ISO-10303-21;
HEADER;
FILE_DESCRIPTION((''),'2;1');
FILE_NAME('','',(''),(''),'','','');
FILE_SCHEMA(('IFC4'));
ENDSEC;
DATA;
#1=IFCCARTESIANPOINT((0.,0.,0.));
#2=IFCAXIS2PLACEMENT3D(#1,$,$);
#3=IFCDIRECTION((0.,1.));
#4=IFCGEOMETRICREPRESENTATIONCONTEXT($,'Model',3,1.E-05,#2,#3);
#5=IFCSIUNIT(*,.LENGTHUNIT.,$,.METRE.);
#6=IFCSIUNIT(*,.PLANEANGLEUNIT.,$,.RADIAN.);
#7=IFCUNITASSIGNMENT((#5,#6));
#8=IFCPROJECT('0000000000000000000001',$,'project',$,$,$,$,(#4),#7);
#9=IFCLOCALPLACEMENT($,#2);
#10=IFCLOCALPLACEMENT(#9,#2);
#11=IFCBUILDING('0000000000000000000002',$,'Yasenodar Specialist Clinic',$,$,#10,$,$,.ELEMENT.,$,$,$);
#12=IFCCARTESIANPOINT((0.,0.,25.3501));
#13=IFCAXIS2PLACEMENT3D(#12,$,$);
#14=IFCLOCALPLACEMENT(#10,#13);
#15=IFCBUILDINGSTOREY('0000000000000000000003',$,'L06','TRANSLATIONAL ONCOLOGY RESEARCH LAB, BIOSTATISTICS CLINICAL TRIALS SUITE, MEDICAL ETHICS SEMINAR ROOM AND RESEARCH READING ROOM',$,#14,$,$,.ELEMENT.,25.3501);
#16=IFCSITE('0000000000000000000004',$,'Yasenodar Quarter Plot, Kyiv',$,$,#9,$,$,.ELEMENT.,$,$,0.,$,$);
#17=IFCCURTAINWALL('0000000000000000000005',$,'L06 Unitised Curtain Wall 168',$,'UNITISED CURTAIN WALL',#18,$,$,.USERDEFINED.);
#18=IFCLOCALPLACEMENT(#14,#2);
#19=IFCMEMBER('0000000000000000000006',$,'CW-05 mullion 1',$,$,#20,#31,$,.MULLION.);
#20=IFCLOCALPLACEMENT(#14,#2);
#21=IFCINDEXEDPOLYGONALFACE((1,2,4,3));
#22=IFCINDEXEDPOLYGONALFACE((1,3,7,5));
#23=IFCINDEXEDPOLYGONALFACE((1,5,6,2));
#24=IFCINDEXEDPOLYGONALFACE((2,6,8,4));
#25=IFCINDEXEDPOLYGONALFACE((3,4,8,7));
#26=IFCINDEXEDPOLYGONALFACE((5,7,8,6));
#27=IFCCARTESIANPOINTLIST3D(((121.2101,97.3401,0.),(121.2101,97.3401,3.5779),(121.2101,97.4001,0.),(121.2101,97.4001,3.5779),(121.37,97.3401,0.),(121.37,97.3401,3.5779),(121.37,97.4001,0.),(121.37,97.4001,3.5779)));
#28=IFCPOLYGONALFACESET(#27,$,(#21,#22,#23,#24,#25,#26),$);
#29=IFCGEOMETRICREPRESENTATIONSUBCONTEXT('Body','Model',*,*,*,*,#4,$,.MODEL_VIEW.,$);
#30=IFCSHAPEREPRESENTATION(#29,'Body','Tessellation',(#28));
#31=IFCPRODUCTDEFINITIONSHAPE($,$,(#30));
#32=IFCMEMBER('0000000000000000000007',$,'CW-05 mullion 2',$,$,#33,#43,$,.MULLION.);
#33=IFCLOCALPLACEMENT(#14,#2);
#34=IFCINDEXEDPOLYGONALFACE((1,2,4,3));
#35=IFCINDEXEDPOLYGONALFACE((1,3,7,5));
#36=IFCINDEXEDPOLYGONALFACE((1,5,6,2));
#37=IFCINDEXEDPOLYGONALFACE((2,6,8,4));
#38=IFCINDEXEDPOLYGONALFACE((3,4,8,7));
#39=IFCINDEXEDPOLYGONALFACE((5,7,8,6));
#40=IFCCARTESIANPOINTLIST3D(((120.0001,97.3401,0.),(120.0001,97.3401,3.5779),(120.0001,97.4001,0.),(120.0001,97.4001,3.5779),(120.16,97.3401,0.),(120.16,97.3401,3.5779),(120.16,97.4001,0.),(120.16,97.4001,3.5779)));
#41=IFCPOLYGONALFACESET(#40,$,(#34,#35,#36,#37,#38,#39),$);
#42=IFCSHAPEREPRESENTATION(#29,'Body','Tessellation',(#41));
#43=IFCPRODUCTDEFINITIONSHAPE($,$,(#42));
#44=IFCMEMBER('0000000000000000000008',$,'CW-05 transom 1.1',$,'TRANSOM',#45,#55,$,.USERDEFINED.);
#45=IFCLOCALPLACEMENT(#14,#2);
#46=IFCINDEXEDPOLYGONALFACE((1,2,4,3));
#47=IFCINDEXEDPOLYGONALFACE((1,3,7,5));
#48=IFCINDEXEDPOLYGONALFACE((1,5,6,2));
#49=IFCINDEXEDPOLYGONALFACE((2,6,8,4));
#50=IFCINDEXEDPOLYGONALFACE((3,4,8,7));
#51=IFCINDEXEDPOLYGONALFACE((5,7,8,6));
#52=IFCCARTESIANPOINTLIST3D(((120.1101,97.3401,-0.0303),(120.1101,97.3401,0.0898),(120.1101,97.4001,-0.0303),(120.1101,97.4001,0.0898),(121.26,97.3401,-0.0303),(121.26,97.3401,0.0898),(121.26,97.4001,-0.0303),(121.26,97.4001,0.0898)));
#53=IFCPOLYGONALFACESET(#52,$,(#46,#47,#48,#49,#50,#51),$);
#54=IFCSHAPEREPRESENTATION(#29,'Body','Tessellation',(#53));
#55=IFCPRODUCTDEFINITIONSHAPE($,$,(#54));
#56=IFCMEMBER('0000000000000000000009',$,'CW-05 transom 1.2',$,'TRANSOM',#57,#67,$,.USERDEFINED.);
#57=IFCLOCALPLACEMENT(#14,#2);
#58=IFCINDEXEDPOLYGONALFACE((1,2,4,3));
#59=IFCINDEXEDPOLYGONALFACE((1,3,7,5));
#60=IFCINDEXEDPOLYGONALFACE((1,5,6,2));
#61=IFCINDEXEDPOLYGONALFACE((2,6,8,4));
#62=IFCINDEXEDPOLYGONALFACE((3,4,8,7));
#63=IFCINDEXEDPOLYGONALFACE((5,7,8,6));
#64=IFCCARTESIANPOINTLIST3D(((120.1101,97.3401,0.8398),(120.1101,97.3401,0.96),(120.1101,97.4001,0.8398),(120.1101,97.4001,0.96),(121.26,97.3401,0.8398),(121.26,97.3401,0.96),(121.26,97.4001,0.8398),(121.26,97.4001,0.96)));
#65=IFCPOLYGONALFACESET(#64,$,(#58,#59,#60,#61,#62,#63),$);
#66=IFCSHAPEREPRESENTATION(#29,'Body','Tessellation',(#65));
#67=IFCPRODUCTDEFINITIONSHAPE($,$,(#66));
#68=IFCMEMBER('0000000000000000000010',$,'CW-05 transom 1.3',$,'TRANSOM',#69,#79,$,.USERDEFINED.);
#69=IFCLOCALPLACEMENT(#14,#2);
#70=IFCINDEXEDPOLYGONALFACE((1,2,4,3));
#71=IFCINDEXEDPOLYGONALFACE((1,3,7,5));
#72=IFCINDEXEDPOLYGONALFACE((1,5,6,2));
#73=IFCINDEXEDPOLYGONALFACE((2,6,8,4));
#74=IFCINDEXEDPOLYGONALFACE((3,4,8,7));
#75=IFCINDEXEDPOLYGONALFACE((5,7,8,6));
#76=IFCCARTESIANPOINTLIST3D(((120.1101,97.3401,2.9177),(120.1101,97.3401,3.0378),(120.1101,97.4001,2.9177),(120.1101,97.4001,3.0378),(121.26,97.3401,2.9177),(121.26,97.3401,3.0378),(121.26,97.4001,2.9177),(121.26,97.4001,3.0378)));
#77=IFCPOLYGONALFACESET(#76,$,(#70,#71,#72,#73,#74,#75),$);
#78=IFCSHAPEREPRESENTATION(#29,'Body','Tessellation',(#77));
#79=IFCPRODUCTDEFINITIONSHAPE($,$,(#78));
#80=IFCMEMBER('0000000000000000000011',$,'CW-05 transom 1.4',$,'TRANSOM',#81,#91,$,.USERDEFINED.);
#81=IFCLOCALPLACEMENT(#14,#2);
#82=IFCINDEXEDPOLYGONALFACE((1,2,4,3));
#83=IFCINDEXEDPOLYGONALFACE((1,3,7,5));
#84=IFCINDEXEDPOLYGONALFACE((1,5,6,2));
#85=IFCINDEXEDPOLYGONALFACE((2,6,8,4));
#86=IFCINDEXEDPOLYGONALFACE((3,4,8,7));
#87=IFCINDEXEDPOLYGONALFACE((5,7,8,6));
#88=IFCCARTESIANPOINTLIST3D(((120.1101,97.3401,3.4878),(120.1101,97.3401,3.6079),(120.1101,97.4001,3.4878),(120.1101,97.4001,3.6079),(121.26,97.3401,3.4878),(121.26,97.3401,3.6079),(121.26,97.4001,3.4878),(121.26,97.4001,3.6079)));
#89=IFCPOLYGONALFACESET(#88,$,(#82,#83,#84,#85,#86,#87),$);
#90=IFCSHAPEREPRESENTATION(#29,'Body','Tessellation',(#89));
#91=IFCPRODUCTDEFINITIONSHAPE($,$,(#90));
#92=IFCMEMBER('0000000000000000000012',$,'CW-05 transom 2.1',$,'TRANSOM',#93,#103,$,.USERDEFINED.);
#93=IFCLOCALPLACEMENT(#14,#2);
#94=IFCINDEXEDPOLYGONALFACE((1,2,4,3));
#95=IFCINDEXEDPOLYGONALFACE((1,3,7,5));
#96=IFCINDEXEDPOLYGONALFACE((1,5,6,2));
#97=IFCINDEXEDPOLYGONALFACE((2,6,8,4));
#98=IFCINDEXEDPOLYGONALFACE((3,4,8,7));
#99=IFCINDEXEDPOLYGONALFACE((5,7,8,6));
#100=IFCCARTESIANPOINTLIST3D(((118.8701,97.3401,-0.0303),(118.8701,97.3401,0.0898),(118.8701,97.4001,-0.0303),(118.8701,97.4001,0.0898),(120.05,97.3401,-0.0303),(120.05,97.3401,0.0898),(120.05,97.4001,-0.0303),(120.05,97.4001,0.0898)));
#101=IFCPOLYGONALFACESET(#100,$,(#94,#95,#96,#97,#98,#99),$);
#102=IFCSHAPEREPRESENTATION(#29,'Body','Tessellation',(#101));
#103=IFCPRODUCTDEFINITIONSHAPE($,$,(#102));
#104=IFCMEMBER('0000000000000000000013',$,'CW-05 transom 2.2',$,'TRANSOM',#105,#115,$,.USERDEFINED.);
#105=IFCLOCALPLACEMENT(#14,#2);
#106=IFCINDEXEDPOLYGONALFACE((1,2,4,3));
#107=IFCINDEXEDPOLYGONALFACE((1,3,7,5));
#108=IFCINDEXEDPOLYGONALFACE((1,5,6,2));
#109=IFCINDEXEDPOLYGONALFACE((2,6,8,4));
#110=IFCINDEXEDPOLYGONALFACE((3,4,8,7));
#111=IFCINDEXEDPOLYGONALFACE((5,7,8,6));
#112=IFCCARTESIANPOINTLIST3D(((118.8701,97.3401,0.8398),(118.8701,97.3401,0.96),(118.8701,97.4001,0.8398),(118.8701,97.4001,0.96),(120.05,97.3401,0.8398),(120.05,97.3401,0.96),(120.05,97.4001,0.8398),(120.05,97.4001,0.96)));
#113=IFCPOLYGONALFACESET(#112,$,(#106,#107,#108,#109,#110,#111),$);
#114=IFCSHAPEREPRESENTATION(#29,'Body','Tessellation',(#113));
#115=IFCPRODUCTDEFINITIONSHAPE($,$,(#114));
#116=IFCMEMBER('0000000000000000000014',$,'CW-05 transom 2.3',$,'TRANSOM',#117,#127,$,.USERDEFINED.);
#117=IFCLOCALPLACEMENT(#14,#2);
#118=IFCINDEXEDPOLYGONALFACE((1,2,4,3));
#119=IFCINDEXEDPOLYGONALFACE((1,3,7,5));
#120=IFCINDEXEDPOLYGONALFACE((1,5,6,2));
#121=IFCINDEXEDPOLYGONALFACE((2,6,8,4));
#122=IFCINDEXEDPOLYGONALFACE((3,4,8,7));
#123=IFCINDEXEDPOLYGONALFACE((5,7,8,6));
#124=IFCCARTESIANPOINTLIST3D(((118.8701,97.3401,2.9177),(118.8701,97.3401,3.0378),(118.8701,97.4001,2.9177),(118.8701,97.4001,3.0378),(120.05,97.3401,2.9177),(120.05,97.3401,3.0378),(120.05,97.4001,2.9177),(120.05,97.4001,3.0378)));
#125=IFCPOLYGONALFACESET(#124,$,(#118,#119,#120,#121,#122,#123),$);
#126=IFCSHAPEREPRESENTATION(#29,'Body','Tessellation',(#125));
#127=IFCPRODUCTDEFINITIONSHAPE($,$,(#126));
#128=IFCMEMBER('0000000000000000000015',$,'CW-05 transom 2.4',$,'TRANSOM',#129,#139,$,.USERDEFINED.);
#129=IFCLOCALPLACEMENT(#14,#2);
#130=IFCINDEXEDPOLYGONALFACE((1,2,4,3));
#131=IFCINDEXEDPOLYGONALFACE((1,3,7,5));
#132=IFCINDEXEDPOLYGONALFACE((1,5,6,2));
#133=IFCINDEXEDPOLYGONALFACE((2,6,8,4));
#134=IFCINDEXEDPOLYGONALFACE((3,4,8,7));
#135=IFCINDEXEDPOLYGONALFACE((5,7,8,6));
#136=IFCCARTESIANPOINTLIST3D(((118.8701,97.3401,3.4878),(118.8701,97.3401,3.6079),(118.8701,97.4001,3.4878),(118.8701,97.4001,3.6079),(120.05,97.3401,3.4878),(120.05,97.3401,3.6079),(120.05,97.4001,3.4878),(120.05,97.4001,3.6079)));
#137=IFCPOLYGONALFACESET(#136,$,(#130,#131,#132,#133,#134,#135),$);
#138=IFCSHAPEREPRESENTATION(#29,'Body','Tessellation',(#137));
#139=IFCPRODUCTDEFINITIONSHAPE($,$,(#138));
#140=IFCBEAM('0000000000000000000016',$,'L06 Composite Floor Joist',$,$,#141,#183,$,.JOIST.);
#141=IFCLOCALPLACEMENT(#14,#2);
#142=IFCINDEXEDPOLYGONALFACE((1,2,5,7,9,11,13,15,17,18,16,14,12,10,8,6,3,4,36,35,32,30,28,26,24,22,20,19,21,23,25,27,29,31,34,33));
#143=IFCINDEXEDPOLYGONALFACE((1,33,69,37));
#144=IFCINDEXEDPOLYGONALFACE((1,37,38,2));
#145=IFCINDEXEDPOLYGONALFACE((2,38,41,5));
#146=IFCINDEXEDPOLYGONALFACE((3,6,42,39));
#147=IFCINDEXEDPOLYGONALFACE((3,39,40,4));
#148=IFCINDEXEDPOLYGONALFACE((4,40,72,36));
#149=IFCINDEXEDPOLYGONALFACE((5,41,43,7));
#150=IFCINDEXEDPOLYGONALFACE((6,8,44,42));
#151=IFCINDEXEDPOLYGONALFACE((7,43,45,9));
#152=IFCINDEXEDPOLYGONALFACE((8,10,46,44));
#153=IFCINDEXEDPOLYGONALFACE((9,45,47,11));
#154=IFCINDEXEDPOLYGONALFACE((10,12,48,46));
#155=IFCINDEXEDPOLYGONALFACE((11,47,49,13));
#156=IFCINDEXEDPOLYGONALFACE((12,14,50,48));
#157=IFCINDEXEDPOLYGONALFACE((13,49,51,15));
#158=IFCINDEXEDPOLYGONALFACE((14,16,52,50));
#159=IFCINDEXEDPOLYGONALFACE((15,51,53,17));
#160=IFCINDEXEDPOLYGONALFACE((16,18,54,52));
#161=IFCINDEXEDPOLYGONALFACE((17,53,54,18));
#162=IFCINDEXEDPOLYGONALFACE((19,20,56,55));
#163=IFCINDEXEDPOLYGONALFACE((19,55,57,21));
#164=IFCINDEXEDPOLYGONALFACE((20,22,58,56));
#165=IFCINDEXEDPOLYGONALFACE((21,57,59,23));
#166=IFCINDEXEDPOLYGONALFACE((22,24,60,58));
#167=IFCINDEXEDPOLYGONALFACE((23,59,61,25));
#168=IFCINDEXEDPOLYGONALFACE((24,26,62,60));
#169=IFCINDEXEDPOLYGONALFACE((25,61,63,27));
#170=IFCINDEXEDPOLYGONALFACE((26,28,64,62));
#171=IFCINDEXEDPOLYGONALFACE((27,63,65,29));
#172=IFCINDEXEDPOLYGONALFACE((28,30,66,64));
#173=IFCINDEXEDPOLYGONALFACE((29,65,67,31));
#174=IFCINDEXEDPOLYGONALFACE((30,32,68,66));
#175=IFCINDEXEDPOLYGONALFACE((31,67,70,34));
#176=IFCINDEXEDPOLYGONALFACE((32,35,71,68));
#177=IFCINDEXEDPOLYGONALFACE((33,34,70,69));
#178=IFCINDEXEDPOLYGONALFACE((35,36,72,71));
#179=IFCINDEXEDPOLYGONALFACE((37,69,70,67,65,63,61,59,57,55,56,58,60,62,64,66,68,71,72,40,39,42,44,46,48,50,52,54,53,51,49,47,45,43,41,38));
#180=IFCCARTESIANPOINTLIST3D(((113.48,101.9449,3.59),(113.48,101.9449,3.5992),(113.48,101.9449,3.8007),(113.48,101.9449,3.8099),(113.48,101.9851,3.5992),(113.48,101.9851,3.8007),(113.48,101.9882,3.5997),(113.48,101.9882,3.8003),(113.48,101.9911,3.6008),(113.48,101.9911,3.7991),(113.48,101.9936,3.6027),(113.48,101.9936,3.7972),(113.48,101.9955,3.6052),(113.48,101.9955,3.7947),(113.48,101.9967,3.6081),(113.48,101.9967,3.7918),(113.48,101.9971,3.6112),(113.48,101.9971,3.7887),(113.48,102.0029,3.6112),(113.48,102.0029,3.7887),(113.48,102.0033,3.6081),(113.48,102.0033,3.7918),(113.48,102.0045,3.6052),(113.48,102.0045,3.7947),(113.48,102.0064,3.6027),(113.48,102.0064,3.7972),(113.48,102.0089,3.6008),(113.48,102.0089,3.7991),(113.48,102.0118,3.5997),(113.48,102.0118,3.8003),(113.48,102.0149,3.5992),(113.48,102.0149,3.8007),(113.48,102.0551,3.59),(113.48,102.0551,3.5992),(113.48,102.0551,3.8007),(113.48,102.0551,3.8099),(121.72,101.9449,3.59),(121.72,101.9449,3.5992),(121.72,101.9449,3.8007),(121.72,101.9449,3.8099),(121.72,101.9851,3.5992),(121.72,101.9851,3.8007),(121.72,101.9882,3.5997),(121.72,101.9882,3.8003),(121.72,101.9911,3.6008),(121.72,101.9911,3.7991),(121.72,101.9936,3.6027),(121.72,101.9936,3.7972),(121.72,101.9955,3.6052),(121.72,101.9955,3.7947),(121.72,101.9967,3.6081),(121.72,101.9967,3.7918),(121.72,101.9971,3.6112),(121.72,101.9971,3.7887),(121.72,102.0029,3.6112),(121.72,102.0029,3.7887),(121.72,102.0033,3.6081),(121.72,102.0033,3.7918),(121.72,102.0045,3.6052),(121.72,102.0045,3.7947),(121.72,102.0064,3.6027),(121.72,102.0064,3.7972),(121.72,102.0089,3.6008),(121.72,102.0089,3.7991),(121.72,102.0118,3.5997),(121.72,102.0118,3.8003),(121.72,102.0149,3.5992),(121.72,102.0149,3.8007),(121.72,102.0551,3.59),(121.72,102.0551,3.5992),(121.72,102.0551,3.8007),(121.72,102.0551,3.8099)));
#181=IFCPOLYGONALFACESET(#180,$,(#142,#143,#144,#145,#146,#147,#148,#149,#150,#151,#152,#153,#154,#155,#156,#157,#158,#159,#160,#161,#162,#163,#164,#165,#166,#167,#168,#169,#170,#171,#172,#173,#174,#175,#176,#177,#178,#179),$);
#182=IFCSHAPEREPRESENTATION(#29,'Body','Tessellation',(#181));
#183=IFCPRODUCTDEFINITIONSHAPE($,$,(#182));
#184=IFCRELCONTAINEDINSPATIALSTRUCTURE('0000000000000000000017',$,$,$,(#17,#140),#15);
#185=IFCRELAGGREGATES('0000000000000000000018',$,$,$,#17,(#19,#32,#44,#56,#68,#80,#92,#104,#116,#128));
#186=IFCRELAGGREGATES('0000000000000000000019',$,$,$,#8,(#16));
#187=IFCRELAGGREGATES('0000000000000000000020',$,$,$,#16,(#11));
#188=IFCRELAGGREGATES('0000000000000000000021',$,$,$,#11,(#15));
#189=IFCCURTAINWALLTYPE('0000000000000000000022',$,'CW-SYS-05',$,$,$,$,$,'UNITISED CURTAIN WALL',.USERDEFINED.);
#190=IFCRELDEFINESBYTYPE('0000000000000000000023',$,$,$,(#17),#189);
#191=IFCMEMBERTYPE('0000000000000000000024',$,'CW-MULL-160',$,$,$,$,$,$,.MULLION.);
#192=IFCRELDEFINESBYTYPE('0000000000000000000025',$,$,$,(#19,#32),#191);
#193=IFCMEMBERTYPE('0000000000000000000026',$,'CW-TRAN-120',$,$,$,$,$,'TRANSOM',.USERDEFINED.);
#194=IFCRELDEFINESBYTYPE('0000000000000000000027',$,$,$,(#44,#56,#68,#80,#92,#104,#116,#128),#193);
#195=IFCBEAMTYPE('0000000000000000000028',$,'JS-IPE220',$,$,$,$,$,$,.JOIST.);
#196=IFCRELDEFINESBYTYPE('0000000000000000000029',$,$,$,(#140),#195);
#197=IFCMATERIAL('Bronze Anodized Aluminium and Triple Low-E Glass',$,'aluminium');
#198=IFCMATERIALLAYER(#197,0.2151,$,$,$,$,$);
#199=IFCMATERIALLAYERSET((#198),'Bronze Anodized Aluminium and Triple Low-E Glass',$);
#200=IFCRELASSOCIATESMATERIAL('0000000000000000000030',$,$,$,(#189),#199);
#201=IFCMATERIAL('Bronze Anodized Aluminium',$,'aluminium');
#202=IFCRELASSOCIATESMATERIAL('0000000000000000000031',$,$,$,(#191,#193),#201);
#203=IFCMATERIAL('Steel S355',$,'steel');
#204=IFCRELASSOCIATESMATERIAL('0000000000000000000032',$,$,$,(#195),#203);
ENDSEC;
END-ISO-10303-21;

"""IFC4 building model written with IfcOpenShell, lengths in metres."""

from ifc_helpers import new_model, si_unit, direction, frame, origin, origin_2d, place, context, subcontext, project, spatial, rectangle, i_section, extrude, material, layer, layer_set, material_profile, profile_set, type_object, element, aggregate, save


model = new_model("IFC4")

# Units and contexts
model_context = context("Model", 3, precision=1e-05, world=origin(), true_north=direction((0.0, 1.0)))
body_context = subcontext(model_context, "Body", "Model", "MODEL_VIEW")
ifc_project = project(units=[si_unit("LENGTHUNIT", "METRE"), si_unit("PLANEANGLEUNIT", "RADIAN")], contexts=[model_context])

# Site, building, storey
site_placement = place(None, origin())
site = spatial("IfcSite", under=ifc_project, at=site_placement, Name="Yasenodar Quarter Plot, Kyiv", CompositionType="ELEMENT", RefElevation=0.0)
building_placement = place(site_placement, origin())
building = spatial("IfcBuilding", under=site, at=building_placement, Name="Yasenodar Specialist Clinic", CompositionType="ELEMENT")
storey_placement = place(building_placement, frame((0.0, 0.0, 25.3501)))
storey = spatial("IfcBuildingStorey", under=building, at=storey_placement, Name="L06", Description="TRANSLATIONAL ONCOLOGY RESEARCH LAB, BIOSTATISTICS CLINICAL TRIALS SUITE, MEDICAL ETHICS SEMINAR ROOM AND RESEARCH READING ROOM", CompositionType="ELEMENT", Elevation=25.3501)

# Curtain wall, members
ifc_material_1 = material(Name="Bronze Anodized Aluminium and Triple Low-E Glass", Category="aluminium")
ifc_layer_1 = layer(ifc_material_1, 0.2151)
ifc_layer_set_1 = layer_set([ifc_layer_1], Name="Bronze Anodized Aluminium and Triple Low-E Glass")
curtain_wall_type = type_object("IfcCurtainWallType", Name="CW-SYS-05", ElementType="UNITISED CURTAIN WALL", PredefinedType="USERDEFINED", material=ifc_layer_set_1)
curtain_wall_placement = place(storey_placement, origin())
curtain_wall = element("IfcCurtainWall", 1, at=curtain_wall_placement, inside=storey, type_object=curtain_wall_type, Name="L06 Unitised Curtain Wall 168", ObjectType="UNITISED CURTAIN WALL", PredefinedType="USERDEFINED")
ifc_material_2 = material(Name="Bronze Anodized Aluminium", Category="aluminium")
ifc_material_profile_1 = material_profile(ifc_material_2, rectangle(XDim=0.0601, YDim=0.1599, at=origin_2d()), Name="CW-MULL 60x160")
ifc_profile_set_1 = profile_set([ifc_material_profile_1], Name="Bronze Anodized Aluminium")
member_type_1 = type_object("IfcMemberType", Name="CW-MULL-160", PredefinedType="MULLION", material=ifc_profile_set_1)
member_1_placement = place(storey_placement, frame((121.29, 97.3701, 0.0), z_axis=(0.0, 0.0, 1.0), x_axis=(0.0, -1.0, 0.0)))
member_1 = element("IfcMember", 2, at=member_1_placement, type_object=member_type_1, Name="CW-05 mullion 1", PredefinedType="MULLION", context=body_context, shape_type="SweptSolid", body=[
    extrude(rectangle(XDim=0.0601, YDim=0.1599, at=origin_2d()), origin(), (0.0, 0.0, 1.0), 3.5779),
])
member_2_placement = place(storey_placement, frame((120.0801, 97.3701, 0.0), z_axis=(0.0, 0.0, 1.0), x_axis=(0.0, -1.0, 0.0)))
member_2 = element("IfcMember", 3, at=member_2_placement, type_object=member_type_1, Name="CW-05 mullion 2", PredefinedType="MULLION", context=body_context, shape_type="SweptSolid", body=[
    extrude(rectangle(XDim=0.0601, YDim=0.1599, at=origin_2d()), origin(), (0.0, 0.0, 1.0), 3.5779),
])
ifc_material_profile_2 = material_profile(ifc_material_2, rectangle(XDim=0.0601, YDim=0.1201, at=origin_2d()), Name="CW-TRAN 60x120")
ifc_profile_set_2 = profile_set([ifc_material_profile_2], Name="Bronze Anodized Aluminium")
member_type_2 = type_object("IfcMemberType", Name="CW-TRAN-120", ElementType="TRANSOM", PredefinedType="USERDEFINED", material=ifc_profile_set_2)
member_3_placement = place(storey_placement, frame((121.26, 97.3701, 0.0298), z_axis=(-1.0, 0.0, 0.0), x_axis=(0.0, -1.0, 0.0)))
member_3 = element("IfcMember", 4, at=member_3_placement, type_object=member_type_2, Name="CW-05 transom 1.1", ObjectType="TRANSOM", PredefinedType="USERDEFINED", context=body_context, shape_type="SweptSolid", body=[
    extrude(rectangle(XDim=0.0601, YDim=0.1201, at=origin_2d()), origin(), (0.0, 0.0, 1.0), 1.1499),
])
member_4_placement = place(storey_placement, frame((121.26, 97.3701, 0.8999), z_axis=(-1.0, 0.0, 0.0), x_axis=(0.0, -1.0, 0.0)))
member_4 = element("IfcMember", 5, at=member_4_placement, type_object=member_type_2, Name="CW-05 transom 1.2", ObjectType="TRANSOM", PredefinedType="USERDEFINED", context=body_context, shape_type="SweptSolid", body=[
    extrude(rectangle(XDim=0.0601, YDim=0.1201, at=origin_2d()), origin(), (0.0, 0.0, 1.0), 1.1499),
])
member_5_placement = place(storey_placement, frame((121.26, 97.3701, 2.9778), z_axis=(-1.0, 0.0, 0.0), x_axis=(0.0, -1.0, 0.0)))
member_5 = element("IfcMember", 6, at=member_5_placement, type_object=member_type_2, Name="CW-05 transom 1.3", ObjectType="TRANSOM", PredefinedType="USERDEFINED", context=body_context, shape_type="SweptSolid", body=[
    extrude(rectangle(XDim=0.0601, YDim=0.1201, at=origin_2d()), origin(), (0.0, 0.0, 1.0), 1.1499),
])
member_6_placement = place(storey_placement, frame((121.26, 97.3701, 3.5479), z_axis=(-1.0, 0.0, 0.0), x_axis=(0.0, -1.0, 0.0)))
member_6 = element("IfcMember", 7, at=member_6_placement, type_object=member_type_2, Name="CW-05 transom 1.4", ObjectType="TRANSOM", PredefinedType="USERDEFINED", context=body_context, shape_type="SweptSolid", body=[
    extrude(rectangle(XDim=0.0601, YDim=0.1201, at=origin_2d()), origin(), (0.0, 0.0, 1.0), 1.1499),
])
member_7_placement = place(storey_placement, frame((120.05, 97.3701, 0.0298), z_axis=(-1.0, 0.0, 0.0), x_axis=(0.0, -1.0, 0.0)))
member_7 = element("IfcMember", 8, at=member_7_placement, type_object=member_type_2, Name="CW-05 transom 2.1", ObjectType="TRANSOM", PredefinedType="USERDEFINED", context=body_context, shape_type="SweptSolid", body=[
    extrude(rectangle(XDim=0.0601, YDim=0.1201, at=origin_2d()), origin(), (0.0, 0.0, 1.0), 1.1799),
])
member_8_placement = place(storey_placement, frame((120.05, 97.3701, 0.8999), z_axis=(-1.0, 0.0, 0.0), x_axis=(0.0, -1.0, 0.0)))
member_8 = element("IfcMember", 9, at=member_8_placement, type_object=member_type_2, Name="CW-05 transom 2.2", ObjectType="TRANSOM", PredefinedType="USERDEFINED", context=body_context, shape_type="SweptSolid", body=[
    extrude(rectangle(XDim=0.0601, YDim=0.1201, at=origin_2d()), origin(), (0.0, 0.0, 1.0), 1.1799),
])
member_9_placement = place(storey_placement, frame((120.05, 97.3701, 2.9778), z_axis=(-1.0, 0.0, 0.0), x_axis=(0.0, -1.0, 0.0)))
member_9 = element("IfcMember", 10, at=member_9_placement, type_object=member_type_2, Name="CW-05 transom 2.3", ObjectType="TRANSOM", PredefinedType="USERDEFINED", context=body_context, shape_type="SweptSolid", body=[
    extrude(rectangle(XDim=0.0601, YDim=0.1201, at=origin_2d()), origin(), (0.0, 0.0, 1.0), 1.1799),
])
member_10_placement = place(storey_placement, frame((120.05, 97.3701, 3.5479), z_axis=(-1.0, 0.0, 0.0), x_axis=(0.0, -1.0, 0.0)))
member_10 = element("IfcMember", 11, at=member_10_placement, type_object=member_type_2, Name="CW-05 transom 2.4", ObjectType="TRANSOM", PredefinedType="USERDEFINED", context=body_context, shape_type="SweptSolid", body=[
    extrude(rectangle(XDim=0.0601, YDim=0.1201, at=origin_2d()), origin(), (0.0, 0.0, 1.0), 1.1799),
])

# Beam
ifc_material_3 = material(Name="Steel S355", Category="steel")
ifc_material_profile_3 = material_profile(ifc_material_3, i_section(OverallWidth=0.1101, OverallDepth=0.22, WebThickness=0.0059, FlangeThickness=0.0093, FilletRadius=0.012, at=origin_2d()), Name="IPE 220")
ifc_profile_set_3 = profile_set([ifc_material_profile_3], Name="Steel S355")
beam_type_1 = type_object("IfcBeamType", Name="JS-IPE220", PredefinedType="JOIST", material=ifc_profile_set_3)
beam_1_placement = place(storey_placement, frame((113.48, 102.0, 3.7), z_axis=(1.0, 0.0, 0.0), x_axis=(0.0, 1.0, 0.0)))
element("IfcBeam", 12, at=beam_1_placement, inside=storey, type_object=beam_type_1, Name="L06 Composite Floor Joist", PredefinedType="JOIST", context=body_context, shape_type="SweptSolid", body=[
    extrude(i_section(OverallWidth=0.1101, OverallDepth=0.22, WebThickness=0.0059, FlangeThickness=0.0093, FilletRadius=0.012, at=origin_2d()), origin(), (0.0, 0.0, 1.0), 8.24),
])

aggregate(curtain_wall, [member_1, member_2, member_3, member_4, member_5, member_6, member_7, member_8, member_9, member_10])

save(model, "model.ifc")
